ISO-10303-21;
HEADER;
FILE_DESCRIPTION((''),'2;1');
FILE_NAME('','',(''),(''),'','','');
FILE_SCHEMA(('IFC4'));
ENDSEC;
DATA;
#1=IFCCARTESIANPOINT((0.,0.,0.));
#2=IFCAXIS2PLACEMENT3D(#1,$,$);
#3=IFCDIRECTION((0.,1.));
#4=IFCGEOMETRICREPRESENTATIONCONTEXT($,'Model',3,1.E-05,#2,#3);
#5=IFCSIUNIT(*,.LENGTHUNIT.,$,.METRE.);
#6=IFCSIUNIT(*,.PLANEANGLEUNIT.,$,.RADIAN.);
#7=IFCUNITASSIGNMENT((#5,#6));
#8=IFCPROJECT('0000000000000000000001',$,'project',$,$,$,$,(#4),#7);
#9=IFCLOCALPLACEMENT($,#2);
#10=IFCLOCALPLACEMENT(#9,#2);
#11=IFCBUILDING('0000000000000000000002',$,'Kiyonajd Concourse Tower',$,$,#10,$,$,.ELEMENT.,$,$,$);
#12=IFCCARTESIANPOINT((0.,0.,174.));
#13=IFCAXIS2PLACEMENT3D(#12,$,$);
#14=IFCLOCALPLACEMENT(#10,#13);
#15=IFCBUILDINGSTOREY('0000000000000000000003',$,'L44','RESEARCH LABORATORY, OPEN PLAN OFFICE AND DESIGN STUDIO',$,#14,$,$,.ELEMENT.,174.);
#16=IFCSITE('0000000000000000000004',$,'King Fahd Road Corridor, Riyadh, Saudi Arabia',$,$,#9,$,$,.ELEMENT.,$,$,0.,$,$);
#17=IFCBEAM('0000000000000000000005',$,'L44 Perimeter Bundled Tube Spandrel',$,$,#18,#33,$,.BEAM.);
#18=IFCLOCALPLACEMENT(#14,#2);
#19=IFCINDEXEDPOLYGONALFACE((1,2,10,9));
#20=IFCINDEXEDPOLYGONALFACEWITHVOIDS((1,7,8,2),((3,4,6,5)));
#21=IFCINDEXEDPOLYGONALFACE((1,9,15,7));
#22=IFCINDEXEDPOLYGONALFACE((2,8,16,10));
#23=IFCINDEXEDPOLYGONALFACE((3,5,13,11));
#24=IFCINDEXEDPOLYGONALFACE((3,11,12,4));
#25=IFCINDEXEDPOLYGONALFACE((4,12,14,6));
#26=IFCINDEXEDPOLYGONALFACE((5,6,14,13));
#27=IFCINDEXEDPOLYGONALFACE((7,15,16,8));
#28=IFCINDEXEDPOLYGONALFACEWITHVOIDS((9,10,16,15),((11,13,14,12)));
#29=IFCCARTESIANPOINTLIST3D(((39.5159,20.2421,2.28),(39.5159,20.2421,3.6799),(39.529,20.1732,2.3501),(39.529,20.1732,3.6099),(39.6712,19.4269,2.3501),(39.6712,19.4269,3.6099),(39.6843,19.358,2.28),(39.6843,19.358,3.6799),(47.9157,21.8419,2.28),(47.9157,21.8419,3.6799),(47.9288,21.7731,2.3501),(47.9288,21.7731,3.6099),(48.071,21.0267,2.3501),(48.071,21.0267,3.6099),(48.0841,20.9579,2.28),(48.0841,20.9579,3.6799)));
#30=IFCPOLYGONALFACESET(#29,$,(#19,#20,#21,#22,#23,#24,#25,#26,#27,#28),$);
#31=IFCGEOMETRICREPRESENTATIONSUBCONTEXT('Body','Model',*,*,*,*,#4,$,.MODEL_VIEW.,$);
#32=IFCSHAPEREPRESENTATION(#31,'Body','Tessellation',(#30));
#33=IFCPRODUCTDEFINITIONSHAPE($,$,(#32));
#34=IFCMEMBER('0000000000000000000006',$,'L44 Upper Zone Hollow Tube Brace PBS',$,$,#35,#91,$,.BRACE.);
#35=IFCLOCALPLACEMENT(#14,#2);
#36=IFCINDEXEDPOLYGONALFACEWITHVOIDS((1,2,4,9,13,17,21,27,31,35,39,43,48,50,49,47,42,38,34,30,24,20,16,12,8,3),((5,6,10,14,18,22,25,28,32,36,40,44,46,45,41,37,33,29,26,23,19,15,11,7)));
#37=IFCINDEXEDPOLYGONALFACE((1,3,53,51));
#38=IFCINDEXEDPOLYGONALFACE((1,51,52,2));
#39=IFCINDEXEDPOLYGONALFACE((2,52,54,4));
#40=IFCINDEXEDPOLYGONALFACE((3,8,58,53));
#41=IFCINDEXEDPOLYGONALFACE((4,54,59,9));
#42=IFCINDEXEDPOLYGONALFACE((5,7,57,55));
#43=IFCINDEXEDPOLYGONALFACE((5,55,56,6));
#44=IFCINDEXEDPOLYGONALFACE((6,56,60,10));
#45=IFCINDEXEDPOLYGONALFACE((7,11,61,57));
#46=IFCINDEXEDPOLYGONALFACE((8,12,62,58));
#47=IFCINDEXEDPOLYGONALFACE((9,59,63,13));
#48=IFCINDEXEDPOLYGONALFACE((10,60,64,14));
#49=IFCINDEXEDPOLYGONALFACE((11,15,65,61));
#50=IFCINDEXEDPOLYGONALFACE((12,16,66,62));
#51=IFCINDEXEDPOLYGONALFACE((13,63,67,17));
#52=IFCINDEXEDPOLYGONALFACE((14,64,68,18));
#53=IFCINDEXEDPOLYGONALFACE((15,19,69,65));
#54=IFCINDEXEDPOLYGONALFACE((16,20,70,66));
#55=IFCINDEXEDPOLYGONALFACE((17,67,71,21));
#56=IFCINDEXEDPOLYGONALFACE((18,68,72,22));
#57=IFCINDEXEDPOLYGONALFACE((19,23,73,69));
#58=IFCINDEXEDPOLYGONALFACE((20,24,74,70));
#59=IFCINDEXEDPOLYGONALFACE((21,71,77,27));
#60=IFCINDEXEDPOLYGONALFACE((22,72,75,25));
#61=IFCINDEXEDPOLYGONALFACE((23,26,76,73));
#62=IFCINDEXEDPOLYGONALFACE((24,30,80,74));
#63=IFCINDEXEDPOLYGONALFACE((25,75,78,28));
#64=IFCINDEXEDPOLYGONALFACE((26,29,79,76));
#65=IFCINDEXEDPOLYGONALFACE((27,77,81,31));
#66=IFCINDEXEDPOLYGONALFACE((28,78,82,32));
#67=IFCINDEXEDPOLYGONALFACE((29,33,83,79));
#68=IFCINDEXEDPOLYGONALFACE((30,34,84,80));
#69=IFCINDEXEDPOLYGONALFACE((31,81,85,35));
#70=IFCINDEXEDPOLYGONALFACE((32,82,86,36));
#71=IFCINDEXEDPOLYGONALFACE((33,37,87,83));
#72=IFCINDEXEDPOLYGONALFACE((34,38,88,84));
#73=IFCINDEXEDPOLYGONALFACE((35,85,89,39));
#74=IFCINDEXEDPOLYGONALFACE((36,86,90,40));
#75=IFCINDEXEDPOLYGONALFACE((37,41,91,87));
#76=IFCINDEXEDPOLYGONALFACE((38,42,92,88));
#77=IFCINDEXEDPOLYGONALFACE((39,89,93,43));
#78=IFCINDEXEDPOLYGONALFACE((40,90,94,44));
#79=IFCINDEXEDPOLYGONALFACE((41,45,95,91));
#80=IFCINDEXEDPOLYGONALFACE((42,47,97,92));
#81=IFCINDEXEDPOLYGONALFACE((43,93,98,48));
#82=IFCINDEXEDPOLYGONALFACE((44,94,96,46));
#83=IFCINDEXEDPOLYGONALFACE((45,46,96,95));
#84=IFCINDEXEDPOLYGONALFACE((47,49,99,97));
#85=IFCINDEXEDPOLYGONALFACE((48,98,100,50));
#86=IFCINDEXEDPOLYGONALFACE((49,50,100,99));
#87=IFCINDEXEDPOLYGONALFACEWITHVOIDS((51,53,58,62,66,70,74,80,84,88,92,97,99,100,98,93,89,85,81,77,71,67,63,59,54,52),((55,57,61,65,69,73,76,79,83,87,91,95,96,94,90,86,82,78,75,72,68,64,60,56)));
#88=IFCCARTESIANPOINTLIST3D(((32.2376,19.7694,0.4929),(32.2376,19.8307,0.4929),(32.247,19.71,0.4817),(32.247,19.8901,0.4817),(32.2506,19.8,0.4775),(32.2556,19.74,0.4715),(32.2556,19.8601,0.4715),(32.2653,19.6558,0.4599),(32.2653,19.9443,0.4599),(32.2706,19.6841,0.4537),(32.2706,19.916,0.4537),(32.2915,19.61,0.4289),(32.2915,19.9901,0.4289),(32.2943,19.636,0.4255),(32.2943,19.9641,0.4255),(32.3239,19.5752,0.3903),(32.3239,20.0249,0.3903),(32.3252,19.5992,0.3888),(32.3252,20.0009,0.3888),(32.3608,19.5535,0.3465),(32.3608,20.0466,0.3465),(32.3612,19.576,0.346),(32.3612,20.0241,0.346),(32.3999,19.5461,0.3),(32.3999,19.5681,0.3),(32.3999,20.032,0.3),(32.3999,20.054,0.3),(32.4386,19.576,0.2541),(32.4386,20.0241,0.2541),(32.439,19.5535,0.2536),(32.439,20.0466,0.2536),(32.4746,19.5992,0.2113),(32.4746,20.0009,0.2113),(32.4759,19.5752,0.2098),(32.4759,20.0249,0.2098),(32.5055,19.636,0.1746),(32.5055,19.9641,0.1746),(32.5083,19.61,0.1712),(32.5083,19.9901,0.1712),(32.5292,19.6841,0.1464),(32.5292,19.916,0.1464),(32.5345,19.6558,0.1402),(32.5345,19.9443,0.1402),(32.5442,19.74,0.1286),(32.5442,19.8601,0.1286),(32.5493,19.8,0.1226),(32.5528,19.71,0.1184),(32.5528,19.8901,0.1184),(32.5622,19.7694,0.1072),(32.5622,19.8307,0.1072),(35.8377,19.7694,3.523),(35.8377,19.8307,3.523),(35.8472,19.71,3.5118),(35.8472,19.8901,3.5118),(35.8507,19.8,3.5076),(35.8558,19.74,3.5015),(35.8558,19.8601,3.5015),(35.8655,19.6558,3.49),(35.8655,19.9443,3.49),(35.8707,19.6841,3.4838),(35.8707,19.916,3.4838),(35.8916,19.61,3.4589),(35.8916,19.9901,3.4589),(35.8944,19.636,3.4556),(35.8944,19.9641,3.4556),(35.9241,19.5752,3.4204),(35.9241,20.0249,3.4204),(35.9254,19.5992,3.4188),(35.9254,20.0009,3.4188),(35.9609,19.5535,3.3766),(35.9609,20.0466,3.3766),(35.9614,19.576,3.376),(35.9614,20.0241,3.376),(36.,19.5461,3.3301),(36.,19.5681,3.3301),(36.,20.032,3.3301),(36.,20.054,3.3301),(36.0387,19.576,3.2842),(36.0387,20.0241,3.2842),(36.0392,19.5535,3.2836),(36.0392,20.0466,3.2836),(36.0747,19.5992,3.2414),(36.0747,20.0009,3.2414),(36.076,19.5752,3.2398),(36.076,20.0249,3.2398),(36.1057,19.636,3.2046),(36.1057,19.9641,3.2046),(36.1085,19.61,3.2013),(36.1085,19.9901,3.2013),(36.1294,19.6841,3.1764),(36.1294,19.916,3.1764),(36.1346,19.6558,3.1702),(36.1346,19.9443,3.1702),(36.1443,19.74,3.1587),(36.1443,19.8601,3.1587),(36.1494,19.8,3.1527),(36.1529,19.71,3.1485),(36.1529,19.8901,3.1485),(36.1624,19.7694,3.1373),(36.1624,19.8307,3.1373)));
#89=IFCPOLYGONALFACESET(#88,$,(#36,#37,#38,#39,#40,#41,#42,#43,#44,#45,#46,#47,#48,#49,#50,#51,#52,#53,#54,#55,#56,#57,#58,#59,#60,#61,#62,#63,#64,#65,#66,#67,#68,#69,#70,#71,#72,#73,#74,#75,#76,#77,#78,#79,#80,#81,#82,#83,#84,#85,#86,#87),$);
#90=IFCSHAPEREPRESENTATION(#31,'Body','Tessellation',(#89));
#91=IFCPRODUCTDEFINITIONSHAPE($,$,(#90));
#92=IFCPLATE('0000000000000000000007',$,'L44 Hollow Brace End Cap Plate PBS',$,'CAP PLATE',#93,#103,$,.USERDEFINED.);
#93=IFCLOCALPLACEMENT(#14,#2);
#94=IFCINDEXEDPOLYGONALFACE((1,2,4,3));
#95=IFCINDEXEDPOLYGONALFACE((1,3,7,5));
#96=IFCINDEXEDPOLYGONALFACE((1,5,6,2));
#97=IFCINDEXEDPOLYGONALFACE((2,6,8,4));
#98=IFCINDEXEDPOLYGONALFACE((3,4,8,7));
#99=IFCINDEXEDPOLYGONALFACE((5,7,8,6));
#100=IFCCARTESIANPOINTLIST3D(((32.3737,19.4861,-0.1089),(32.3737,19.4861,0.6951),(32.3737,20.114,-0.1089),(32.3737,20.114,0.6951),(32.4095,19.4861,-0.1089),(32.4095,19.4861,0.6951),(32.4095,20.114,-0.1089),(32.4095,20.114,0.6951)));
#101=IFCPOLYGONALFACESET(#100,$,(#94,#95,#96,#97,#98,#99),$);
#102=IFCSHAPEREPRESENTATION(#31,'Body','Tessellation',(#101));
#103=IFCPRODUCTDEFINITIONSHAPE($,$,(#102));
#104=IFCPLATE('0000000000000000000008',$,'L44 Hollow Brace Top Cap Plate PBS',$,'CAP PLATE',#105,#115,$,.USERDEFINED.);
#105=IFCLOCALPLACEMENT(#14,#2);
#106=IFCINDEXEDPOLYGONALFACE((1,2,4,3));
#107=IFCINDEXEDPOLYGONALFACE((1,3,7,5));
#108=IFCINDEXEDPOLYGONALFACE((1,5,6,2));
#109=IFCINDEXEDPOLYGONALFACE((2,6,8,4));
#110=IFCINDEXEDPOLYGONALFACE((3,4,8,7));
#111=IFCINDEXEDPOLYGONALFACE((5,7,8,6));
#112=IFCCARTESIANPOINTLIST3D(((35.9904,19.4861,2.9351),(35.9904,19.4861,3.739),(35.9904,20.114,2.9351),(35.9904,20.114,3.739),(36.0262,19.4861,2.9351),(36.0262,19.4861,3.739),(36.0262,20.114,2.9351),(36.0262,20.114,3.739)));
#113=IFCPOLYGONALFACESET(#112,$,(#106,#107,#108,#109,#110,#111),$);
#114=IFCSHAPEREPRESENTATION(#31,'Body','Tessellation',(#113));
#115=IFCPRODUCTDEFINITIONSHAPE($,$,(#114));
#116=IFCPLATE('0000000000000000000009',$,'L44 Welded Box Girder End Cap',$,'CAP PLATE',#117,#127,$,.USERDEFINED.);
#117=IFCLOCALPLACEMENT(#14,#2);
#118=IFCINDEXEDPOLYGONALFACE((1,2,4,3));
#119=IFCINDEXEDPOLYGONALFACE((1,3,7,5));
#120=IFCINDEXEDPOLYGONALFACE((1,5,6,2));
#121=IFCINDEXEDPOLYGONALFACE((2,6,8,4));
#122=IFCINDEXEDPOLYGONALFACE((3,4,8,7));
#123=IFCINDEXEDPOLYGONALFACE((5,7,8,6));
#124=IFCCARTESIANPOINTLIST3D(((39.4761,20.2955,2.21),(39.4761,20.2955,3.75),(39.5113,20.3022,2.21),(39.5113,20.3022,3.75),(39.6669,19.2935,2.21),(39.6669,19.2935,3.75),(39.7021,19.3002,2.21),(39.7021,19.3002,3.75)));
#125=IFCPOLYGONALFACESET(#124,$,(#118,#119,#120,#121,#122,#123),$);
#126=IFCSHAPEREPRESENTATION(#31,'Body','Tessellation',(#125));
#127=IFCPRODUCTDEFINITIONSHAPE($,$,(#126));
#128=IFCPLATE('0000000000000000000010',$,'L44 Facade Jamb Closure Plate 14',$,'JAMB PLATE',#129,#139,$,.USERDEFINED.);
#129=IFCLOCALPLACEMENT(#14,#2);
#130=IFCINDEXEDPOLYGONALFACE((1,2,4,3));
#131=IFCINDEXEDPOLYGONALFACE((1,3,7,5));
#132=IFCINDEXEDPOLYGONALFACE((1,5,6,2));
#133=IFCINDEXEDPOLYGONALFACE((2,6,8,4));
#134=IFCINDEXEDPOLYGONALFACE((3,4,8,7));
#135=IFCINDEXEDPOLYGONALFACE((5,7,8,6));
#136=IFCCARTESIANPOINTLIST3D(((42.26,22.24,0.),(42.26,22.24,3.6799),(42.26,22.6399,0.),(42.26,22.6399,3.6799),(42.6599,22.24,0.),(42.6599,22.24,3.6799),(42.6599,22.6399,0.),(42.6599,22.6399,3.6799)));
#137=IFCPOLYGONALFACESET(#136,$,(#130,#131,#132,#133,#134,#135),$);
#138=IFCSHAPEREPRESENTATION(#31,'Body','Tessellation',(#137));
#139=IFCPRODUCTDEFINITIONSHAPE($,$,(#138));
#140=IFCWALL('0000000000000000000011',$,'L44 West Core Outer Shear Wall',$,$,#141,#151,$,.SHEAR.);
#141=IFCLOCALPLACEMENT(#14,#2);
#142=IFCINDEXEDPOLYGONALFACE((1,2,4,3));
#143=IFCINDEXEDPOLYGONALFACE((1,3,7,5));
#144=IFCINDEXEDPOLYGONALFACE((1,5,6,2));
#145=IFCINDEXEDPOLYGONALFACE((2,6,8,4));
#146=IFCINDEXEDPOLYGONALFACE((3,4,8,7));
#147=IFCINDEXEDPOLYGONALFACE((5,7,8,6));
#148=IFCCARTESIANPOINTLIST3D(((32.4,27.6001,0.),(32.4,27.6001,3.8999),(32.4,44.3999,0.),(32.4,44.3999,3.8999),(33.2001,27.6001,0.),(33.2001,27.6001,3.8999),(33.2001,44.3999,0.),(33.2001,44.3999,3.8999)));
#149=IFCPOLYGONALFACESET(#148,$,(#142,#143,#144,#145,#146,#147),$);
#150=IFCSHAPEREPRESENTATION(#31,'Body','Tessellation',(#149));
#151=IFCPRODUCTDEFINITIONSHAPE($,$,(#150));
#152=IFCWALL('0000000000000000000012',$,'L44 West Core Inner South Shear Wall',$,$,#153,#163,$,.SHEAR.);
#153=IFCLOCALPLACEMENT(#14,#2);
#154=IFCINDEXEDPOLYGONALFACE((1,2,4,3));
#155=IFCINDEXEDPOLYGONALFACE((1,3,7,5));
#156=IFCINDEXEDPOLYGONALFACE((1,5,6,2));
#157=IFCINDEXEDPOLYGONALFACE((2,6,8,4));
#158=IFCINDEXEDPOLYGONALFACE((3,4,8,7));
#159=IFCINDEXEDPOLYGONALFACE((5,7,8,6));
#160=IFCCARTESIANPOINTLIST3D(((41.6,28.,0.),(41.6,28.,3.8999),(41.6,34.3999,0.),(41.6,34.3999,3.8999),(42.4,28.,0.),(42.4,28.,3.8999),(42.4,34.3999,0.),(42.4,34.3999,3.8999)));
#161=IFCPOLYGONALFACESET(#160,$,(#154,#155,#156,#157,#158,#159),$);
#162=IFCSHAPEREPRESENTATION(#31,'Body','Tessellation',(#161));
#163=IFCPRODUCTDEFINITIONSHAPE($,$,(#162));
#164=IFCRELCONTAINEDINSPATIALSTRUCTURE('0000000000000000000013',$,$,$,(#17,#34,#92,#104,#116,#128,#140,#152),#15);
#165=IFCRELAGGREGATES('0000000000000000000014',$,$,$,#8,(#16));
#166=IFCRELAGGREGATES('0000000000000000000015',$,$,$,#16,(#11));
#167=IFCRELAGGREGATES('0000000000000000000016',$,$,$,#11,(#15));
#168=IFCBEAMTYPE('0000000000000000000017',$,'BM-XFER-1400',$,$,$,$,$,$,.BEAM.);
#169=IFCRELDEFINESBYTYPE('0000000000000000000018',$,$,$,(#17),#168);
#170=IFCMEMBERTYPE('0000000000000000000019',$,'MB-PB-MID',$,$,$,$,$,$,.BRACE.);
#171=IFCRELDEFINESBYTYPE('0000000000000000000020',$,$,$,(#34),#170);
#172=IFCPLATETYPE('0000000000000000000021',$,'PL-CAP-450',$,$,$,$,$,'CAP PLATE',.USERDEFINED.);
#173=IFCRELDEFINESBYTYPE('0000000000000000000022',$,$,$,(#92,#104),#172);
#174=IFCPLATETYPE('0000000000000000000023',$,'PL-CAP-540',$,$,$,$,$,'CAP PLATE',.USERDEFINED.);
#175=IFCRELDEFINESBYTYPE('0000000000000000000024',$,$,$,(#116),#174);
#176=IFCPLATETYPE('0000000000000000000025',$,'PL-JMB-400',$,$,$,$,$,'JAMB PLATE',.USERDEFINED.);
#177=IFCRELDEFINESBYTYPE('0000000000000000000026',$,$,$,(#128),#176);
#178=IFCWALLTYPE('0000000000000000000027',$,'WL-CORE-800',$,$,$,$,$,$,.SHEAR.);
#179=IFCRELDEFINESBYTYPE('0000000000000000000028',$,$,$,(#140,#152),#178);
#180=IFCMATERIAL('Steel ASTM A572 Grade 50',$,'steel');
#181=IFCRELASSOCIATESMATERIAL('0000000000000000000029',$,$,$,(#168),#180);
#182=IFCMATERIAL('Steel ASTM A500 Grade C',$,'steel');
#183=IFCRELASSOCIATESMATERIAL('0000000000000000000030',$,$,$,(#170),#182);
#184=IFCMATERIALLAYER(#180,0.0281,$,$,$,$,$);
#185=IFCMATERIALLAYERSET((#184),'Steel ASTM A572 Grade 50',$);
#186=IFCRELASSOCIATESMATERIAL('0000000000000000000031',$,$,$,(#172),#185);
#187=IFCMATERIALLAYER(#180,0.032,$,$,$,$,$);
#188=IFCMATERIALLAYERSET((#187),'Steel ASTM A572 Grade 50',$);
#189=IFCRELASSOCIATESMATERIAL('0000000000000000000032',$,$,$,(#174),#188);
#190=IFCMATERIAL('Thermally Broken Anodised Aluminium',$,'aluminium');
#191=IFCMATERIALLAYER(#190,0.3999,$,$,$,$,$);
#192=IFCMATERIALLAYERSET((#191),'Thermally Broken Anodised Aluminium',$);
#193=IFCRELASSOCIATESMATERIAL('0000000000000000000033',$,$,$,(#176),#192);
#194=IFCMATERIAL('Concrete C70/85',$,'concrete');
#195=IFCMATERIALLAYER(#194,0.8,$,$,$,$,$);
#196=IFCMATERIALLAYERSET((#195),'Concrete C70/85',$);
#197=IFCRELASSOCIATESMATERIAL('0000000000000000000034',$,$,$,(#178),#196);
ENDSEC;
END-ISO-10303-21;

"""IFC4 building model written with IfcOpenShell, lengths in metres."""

from ifc_helpers import new_model, si_unit, direction, frame, frame_2d, origin, origin_2d, place, context, subcontext, project, spatial, rectangle, hollow_rectangle, hollow_circle, extrude, material, layer, layer_set, material_profile, profile_set, type_object, element, save


model = new_model("IFC4")

# Units and contexts
model_context = context("Model", 3, precision=1e-05, world=origin(), true_north=direction((0.0, 1.0)))
body_context = subcontext(model_context, "Body", "Model", "MODEL_VIEW")
ifc_project = project(units=[si_unit("LENGTHUNIT", "METRE"), si_unit("PLANEANGLEUNIT", "RADIAN")], contexts=[model_context])

# Site, building, storey
site_placement = place(None, origin())
site = spatial("IfcSite", under=ifc_project, at=site_placement, Name="King Fahd Road Corridor, Riyadh, Saudi Arabia", CompositionType="ELEMENT", RefElevation=0.0)
building_placement = place(site_placement, origin())
building = spatial("IfcBuilding", under=site, at=building_placement, Name="Kiyonajd Concourse Tower", CompositionType="ELEMENT")
storey_placement = place(building_placement, frame((0.0, 0.0, 174.0)))
storey = spatial("IfcBuildingStorey", under=building, at=storey_placement, Name="L44", Description="RESEARCH LABORATORY, OPEN PLAN OFFICE AND DESIGN STUDIO", CompositionType="ELEMENT", Elevation=174.0)

# Shared definitions
ifc_material_1 = material(Name="Concrete C70/85", Category="concrete")

# Beam
ifc_material_2 = material(Name="Steel ASTM A572 Grade 50", Category="steel")
ifc_material_profile_1 = material_profile(ifc_material_2, hollow_rectangle(XDim=0.8999, YDim=1.3999, WallThickness=0.0701, at=origin_2d()), Name="BOX-1400x900x70")
ifc_profile_set_1 = profile_set([ifc_material_profile_1], Name="Steel ASTM A572 Grade 50")
beam_type_1 = type_object("IfcBeamType", Name="BM-XFER-1400", PredefinedType="BEAM", material=ifc_profile_set_1)
beam_1_placement = place(storey_placement, frame((39.6001, 19.8, 2.98), z_axis=(0.982341, 0.187098, 0.0), x_axis=(-0.187098, 0.982341, 0.0)))
element("IfcBeam", 1, at=beam_1_placement, inside=storey, type_object=beam_type_1, Name="L44 Perimeter Bundled Tube Spandrel", PredefinedType="BEAM", context=body_context, shape_type="SweptSolid", body=[
    extrude(hollow_rectangle(XDim=0.8999, YDim=1.3999, WallThickness=0.0701, at=origin_2d()), origin(), (0.0, 0.0, 1.0), 8.5508),
])

# Member
ifc_material_3 = material(Name="Steel ASTM A500 Grade C", Category="steel")
ifc_material_profile_2 = material_profile(ifc_material_3, hollow_circle(Radius=0.2539, WallThickness=0.022, at=origin_2d()), Name="CHS-508x22")
ifc_profile_set_2 = profile_set([ifc_material_profile_2], Name="Steel ASTM A500 Grade C")
member_type = type_object("IfcMemberType", Name="MB-PB-MID", PredefinedType="BRACE", material=ifc_profile_set_2)
member_placement = place(storey_placement, frame((32.3999, 19.8, 0.3), z_axis=(0.765082, 0.0, 0.643933), x_axis=(0.0, 1.0, 0.0)))
element("IfcMember", 2, at=member_placement, inside=storey, type_object=member_type, Name="L44 Upper Zone Hollow Tube Brace PBS", PredefinedType="BRACE", context=body_context, shape_type="SweptSolid", body=[
    extrude(hollow_circle(Radius=0.2539, WallThickness=0.022, at=origin_2d()), origin(), (0.0, 0.0, 1.0), 4.7056),
])

# Plates
ifc_layer_1 = layer(ifc_material_2, 0.0281)
ifc_layer_set_1 = layer_set([ifc_layer_1], Name="Steel ASTM A572 Grade 50")
plate_type_1 = type_object("IfcPlateType", Name="PL-CAP-450", ElementType="CAP PLATE", PredefinedType="USERDEFINED", material=ifc_layer_set_1)
for number, where, z_axis, x_axis, name in (
    (3, (32.3916, 19.8, -0.1089), (0.0, 0.0, 1.0), (-1.0, 0.0, 0.0), "L44 Hollow Brace End Cap Plate PBS"),
    (4, (36.0083, 19.8, 2.9351), (0.0, 0.0, 1.0), (1.0, 0.0, 0.0), "L44 Hollow Brace Top Cap Plate PBS"),
):
    element("IfcPlate", number, at=place(storey_placement, frame(where, z_axis=z_axis, x_axis=x_axis)), inside=storey, type_object=plate_type_1, Name=name, ObjectType="CAP PLATE", PredefinedType="USERDEFINED", context=body_context, shape_type="SweptSolid", body=[
        extrude(rectangle(XDim=0.0359, YDim=0.6279, at=origin_2d()), origin(), (0.0, 0.0, 1.0), 0.804),
    ])
ifc_layer_2 = layer(ifc_material_2, 0.032)
ifc_layer_set_2 = layer_set([ifc_layer_2], Name="Steel ASTM A572 Grade 50")
plate_type_2 = type_object("IfcPlateType", Name="PL-CAP-540", ElementType="CAP PLATE", PredefinedType="USERDEFINED", material=ifc_layer_set_2)
plate_1_placement = place(storey_placement, frame((39.5891, 19.7979, 2.21), z_axis=(0.0, 0.0, 1.0), x_axis=(-0.982353, -0.187038, 0.0)))
element("IfcPlate", 5, at=plate_1_placement, inside=storey, type_object=plate_type_2, Name="L44 Welded Box Girder End Cap", ObjectType="CAP PLATE", PredefinedType="USERDEFINED", context=body_context, shape_type="SweptSolid", body=[
    extrude(rectangle(XDim=0.0359, YDim=1.02, at=origin_2d()), origin(), (0.0, 0.0, 1.0), 1.54),
])
ifc_material_4 = material(Name="Thermally Broken Anodised Aluminium", Category="aluminium")
ifc_layer_3 = layer(ifc_material_4, 0.3999)
ifc_layer_set_3 = layer_set([ifc_layer_3], Name="Thermally Broken Anodised Aluminium")
plate_type_3 = type_object("IfcPlateType", Name="PL-JMB-400", ElementType="JAMB PLATE", PredefinedType="USERDEFINED", material=ifc_layer_set_3)
plate_2_placement = place(storey_placement, frame((42.46, 22.4399, 0.0), z_axis=(0.0, 0.0, 1.0), x_axis=(1.0, 0.0, 0.0)))
element("IfcPlate", 6, at=plate_2_placement, inside=storey, type_object=plate_type_3, Name="L44 Facade Jamb Closure Plate 14", ObjectType="JAMB PLATE", PredefinedType="USERDEFINED", context=body_context, shape_type="SweptSolid", body=[
    extrude(rectangle(XDim=0.3999, YDim=0.3999, at=origin_2d()), origin(), (0.0, 0.0, 1.0), 3.6799),
])

# Walls
ifc_layer_4 = layer(ifc_material_1, 0.8)
ifc_layer_set_4 = layer_set([ifc_layer_4], Name="Concrete C70/85")
wall_type_1 = type_object("IfcWallType", Name="WL-CORE-800", PredefinedType="SHEAR", material=ifc_layer_set_4)
wall_1_placement = place(storey_placement, frame((32.8, 27.6001, 0.0), z_axis=(0.0, 0.0, 1.0), x_axis=(0.0, 1.0, 0.0)))
element("IfcWall", 7, at=wall_1_placement, inside=storey, type_object=wall_type_1, Name="L44 West Core Outer Shear Wall", PredefinedType="SHEAR", context=body_context, shape_type="SweptSolid", body=[
    extrude(rectangle(XDim=16.7998, YDim=0.8, at=frame_2d((8.3999, 0.0))), origin(), (0.0, 0.0, 1.0), 3.8999),
])
wall_2_placement = place(storey_placement, frame((42.0, 28.0, 0.0), z_axis=(0.0, 0.0, 1.0), x_axis=(0.0, 1.0, 0.0)))
element("IfcWall", 8, at=wall_2_placement, inside=storey, type_object=wall_type_1, Name="L44 West Core Inner South Shear Wall", PredefinedType="SHEAR", context=body_context, shape_type="SweptSolid", body=[
    extrude(rectangle(XDim=6.3999, YDim=0.8, at=frame_2d((3.2, 0.0))), origin(), (0.0, 0.0, 1.0), 3.8999),
])

save(model, "model.ifc")
